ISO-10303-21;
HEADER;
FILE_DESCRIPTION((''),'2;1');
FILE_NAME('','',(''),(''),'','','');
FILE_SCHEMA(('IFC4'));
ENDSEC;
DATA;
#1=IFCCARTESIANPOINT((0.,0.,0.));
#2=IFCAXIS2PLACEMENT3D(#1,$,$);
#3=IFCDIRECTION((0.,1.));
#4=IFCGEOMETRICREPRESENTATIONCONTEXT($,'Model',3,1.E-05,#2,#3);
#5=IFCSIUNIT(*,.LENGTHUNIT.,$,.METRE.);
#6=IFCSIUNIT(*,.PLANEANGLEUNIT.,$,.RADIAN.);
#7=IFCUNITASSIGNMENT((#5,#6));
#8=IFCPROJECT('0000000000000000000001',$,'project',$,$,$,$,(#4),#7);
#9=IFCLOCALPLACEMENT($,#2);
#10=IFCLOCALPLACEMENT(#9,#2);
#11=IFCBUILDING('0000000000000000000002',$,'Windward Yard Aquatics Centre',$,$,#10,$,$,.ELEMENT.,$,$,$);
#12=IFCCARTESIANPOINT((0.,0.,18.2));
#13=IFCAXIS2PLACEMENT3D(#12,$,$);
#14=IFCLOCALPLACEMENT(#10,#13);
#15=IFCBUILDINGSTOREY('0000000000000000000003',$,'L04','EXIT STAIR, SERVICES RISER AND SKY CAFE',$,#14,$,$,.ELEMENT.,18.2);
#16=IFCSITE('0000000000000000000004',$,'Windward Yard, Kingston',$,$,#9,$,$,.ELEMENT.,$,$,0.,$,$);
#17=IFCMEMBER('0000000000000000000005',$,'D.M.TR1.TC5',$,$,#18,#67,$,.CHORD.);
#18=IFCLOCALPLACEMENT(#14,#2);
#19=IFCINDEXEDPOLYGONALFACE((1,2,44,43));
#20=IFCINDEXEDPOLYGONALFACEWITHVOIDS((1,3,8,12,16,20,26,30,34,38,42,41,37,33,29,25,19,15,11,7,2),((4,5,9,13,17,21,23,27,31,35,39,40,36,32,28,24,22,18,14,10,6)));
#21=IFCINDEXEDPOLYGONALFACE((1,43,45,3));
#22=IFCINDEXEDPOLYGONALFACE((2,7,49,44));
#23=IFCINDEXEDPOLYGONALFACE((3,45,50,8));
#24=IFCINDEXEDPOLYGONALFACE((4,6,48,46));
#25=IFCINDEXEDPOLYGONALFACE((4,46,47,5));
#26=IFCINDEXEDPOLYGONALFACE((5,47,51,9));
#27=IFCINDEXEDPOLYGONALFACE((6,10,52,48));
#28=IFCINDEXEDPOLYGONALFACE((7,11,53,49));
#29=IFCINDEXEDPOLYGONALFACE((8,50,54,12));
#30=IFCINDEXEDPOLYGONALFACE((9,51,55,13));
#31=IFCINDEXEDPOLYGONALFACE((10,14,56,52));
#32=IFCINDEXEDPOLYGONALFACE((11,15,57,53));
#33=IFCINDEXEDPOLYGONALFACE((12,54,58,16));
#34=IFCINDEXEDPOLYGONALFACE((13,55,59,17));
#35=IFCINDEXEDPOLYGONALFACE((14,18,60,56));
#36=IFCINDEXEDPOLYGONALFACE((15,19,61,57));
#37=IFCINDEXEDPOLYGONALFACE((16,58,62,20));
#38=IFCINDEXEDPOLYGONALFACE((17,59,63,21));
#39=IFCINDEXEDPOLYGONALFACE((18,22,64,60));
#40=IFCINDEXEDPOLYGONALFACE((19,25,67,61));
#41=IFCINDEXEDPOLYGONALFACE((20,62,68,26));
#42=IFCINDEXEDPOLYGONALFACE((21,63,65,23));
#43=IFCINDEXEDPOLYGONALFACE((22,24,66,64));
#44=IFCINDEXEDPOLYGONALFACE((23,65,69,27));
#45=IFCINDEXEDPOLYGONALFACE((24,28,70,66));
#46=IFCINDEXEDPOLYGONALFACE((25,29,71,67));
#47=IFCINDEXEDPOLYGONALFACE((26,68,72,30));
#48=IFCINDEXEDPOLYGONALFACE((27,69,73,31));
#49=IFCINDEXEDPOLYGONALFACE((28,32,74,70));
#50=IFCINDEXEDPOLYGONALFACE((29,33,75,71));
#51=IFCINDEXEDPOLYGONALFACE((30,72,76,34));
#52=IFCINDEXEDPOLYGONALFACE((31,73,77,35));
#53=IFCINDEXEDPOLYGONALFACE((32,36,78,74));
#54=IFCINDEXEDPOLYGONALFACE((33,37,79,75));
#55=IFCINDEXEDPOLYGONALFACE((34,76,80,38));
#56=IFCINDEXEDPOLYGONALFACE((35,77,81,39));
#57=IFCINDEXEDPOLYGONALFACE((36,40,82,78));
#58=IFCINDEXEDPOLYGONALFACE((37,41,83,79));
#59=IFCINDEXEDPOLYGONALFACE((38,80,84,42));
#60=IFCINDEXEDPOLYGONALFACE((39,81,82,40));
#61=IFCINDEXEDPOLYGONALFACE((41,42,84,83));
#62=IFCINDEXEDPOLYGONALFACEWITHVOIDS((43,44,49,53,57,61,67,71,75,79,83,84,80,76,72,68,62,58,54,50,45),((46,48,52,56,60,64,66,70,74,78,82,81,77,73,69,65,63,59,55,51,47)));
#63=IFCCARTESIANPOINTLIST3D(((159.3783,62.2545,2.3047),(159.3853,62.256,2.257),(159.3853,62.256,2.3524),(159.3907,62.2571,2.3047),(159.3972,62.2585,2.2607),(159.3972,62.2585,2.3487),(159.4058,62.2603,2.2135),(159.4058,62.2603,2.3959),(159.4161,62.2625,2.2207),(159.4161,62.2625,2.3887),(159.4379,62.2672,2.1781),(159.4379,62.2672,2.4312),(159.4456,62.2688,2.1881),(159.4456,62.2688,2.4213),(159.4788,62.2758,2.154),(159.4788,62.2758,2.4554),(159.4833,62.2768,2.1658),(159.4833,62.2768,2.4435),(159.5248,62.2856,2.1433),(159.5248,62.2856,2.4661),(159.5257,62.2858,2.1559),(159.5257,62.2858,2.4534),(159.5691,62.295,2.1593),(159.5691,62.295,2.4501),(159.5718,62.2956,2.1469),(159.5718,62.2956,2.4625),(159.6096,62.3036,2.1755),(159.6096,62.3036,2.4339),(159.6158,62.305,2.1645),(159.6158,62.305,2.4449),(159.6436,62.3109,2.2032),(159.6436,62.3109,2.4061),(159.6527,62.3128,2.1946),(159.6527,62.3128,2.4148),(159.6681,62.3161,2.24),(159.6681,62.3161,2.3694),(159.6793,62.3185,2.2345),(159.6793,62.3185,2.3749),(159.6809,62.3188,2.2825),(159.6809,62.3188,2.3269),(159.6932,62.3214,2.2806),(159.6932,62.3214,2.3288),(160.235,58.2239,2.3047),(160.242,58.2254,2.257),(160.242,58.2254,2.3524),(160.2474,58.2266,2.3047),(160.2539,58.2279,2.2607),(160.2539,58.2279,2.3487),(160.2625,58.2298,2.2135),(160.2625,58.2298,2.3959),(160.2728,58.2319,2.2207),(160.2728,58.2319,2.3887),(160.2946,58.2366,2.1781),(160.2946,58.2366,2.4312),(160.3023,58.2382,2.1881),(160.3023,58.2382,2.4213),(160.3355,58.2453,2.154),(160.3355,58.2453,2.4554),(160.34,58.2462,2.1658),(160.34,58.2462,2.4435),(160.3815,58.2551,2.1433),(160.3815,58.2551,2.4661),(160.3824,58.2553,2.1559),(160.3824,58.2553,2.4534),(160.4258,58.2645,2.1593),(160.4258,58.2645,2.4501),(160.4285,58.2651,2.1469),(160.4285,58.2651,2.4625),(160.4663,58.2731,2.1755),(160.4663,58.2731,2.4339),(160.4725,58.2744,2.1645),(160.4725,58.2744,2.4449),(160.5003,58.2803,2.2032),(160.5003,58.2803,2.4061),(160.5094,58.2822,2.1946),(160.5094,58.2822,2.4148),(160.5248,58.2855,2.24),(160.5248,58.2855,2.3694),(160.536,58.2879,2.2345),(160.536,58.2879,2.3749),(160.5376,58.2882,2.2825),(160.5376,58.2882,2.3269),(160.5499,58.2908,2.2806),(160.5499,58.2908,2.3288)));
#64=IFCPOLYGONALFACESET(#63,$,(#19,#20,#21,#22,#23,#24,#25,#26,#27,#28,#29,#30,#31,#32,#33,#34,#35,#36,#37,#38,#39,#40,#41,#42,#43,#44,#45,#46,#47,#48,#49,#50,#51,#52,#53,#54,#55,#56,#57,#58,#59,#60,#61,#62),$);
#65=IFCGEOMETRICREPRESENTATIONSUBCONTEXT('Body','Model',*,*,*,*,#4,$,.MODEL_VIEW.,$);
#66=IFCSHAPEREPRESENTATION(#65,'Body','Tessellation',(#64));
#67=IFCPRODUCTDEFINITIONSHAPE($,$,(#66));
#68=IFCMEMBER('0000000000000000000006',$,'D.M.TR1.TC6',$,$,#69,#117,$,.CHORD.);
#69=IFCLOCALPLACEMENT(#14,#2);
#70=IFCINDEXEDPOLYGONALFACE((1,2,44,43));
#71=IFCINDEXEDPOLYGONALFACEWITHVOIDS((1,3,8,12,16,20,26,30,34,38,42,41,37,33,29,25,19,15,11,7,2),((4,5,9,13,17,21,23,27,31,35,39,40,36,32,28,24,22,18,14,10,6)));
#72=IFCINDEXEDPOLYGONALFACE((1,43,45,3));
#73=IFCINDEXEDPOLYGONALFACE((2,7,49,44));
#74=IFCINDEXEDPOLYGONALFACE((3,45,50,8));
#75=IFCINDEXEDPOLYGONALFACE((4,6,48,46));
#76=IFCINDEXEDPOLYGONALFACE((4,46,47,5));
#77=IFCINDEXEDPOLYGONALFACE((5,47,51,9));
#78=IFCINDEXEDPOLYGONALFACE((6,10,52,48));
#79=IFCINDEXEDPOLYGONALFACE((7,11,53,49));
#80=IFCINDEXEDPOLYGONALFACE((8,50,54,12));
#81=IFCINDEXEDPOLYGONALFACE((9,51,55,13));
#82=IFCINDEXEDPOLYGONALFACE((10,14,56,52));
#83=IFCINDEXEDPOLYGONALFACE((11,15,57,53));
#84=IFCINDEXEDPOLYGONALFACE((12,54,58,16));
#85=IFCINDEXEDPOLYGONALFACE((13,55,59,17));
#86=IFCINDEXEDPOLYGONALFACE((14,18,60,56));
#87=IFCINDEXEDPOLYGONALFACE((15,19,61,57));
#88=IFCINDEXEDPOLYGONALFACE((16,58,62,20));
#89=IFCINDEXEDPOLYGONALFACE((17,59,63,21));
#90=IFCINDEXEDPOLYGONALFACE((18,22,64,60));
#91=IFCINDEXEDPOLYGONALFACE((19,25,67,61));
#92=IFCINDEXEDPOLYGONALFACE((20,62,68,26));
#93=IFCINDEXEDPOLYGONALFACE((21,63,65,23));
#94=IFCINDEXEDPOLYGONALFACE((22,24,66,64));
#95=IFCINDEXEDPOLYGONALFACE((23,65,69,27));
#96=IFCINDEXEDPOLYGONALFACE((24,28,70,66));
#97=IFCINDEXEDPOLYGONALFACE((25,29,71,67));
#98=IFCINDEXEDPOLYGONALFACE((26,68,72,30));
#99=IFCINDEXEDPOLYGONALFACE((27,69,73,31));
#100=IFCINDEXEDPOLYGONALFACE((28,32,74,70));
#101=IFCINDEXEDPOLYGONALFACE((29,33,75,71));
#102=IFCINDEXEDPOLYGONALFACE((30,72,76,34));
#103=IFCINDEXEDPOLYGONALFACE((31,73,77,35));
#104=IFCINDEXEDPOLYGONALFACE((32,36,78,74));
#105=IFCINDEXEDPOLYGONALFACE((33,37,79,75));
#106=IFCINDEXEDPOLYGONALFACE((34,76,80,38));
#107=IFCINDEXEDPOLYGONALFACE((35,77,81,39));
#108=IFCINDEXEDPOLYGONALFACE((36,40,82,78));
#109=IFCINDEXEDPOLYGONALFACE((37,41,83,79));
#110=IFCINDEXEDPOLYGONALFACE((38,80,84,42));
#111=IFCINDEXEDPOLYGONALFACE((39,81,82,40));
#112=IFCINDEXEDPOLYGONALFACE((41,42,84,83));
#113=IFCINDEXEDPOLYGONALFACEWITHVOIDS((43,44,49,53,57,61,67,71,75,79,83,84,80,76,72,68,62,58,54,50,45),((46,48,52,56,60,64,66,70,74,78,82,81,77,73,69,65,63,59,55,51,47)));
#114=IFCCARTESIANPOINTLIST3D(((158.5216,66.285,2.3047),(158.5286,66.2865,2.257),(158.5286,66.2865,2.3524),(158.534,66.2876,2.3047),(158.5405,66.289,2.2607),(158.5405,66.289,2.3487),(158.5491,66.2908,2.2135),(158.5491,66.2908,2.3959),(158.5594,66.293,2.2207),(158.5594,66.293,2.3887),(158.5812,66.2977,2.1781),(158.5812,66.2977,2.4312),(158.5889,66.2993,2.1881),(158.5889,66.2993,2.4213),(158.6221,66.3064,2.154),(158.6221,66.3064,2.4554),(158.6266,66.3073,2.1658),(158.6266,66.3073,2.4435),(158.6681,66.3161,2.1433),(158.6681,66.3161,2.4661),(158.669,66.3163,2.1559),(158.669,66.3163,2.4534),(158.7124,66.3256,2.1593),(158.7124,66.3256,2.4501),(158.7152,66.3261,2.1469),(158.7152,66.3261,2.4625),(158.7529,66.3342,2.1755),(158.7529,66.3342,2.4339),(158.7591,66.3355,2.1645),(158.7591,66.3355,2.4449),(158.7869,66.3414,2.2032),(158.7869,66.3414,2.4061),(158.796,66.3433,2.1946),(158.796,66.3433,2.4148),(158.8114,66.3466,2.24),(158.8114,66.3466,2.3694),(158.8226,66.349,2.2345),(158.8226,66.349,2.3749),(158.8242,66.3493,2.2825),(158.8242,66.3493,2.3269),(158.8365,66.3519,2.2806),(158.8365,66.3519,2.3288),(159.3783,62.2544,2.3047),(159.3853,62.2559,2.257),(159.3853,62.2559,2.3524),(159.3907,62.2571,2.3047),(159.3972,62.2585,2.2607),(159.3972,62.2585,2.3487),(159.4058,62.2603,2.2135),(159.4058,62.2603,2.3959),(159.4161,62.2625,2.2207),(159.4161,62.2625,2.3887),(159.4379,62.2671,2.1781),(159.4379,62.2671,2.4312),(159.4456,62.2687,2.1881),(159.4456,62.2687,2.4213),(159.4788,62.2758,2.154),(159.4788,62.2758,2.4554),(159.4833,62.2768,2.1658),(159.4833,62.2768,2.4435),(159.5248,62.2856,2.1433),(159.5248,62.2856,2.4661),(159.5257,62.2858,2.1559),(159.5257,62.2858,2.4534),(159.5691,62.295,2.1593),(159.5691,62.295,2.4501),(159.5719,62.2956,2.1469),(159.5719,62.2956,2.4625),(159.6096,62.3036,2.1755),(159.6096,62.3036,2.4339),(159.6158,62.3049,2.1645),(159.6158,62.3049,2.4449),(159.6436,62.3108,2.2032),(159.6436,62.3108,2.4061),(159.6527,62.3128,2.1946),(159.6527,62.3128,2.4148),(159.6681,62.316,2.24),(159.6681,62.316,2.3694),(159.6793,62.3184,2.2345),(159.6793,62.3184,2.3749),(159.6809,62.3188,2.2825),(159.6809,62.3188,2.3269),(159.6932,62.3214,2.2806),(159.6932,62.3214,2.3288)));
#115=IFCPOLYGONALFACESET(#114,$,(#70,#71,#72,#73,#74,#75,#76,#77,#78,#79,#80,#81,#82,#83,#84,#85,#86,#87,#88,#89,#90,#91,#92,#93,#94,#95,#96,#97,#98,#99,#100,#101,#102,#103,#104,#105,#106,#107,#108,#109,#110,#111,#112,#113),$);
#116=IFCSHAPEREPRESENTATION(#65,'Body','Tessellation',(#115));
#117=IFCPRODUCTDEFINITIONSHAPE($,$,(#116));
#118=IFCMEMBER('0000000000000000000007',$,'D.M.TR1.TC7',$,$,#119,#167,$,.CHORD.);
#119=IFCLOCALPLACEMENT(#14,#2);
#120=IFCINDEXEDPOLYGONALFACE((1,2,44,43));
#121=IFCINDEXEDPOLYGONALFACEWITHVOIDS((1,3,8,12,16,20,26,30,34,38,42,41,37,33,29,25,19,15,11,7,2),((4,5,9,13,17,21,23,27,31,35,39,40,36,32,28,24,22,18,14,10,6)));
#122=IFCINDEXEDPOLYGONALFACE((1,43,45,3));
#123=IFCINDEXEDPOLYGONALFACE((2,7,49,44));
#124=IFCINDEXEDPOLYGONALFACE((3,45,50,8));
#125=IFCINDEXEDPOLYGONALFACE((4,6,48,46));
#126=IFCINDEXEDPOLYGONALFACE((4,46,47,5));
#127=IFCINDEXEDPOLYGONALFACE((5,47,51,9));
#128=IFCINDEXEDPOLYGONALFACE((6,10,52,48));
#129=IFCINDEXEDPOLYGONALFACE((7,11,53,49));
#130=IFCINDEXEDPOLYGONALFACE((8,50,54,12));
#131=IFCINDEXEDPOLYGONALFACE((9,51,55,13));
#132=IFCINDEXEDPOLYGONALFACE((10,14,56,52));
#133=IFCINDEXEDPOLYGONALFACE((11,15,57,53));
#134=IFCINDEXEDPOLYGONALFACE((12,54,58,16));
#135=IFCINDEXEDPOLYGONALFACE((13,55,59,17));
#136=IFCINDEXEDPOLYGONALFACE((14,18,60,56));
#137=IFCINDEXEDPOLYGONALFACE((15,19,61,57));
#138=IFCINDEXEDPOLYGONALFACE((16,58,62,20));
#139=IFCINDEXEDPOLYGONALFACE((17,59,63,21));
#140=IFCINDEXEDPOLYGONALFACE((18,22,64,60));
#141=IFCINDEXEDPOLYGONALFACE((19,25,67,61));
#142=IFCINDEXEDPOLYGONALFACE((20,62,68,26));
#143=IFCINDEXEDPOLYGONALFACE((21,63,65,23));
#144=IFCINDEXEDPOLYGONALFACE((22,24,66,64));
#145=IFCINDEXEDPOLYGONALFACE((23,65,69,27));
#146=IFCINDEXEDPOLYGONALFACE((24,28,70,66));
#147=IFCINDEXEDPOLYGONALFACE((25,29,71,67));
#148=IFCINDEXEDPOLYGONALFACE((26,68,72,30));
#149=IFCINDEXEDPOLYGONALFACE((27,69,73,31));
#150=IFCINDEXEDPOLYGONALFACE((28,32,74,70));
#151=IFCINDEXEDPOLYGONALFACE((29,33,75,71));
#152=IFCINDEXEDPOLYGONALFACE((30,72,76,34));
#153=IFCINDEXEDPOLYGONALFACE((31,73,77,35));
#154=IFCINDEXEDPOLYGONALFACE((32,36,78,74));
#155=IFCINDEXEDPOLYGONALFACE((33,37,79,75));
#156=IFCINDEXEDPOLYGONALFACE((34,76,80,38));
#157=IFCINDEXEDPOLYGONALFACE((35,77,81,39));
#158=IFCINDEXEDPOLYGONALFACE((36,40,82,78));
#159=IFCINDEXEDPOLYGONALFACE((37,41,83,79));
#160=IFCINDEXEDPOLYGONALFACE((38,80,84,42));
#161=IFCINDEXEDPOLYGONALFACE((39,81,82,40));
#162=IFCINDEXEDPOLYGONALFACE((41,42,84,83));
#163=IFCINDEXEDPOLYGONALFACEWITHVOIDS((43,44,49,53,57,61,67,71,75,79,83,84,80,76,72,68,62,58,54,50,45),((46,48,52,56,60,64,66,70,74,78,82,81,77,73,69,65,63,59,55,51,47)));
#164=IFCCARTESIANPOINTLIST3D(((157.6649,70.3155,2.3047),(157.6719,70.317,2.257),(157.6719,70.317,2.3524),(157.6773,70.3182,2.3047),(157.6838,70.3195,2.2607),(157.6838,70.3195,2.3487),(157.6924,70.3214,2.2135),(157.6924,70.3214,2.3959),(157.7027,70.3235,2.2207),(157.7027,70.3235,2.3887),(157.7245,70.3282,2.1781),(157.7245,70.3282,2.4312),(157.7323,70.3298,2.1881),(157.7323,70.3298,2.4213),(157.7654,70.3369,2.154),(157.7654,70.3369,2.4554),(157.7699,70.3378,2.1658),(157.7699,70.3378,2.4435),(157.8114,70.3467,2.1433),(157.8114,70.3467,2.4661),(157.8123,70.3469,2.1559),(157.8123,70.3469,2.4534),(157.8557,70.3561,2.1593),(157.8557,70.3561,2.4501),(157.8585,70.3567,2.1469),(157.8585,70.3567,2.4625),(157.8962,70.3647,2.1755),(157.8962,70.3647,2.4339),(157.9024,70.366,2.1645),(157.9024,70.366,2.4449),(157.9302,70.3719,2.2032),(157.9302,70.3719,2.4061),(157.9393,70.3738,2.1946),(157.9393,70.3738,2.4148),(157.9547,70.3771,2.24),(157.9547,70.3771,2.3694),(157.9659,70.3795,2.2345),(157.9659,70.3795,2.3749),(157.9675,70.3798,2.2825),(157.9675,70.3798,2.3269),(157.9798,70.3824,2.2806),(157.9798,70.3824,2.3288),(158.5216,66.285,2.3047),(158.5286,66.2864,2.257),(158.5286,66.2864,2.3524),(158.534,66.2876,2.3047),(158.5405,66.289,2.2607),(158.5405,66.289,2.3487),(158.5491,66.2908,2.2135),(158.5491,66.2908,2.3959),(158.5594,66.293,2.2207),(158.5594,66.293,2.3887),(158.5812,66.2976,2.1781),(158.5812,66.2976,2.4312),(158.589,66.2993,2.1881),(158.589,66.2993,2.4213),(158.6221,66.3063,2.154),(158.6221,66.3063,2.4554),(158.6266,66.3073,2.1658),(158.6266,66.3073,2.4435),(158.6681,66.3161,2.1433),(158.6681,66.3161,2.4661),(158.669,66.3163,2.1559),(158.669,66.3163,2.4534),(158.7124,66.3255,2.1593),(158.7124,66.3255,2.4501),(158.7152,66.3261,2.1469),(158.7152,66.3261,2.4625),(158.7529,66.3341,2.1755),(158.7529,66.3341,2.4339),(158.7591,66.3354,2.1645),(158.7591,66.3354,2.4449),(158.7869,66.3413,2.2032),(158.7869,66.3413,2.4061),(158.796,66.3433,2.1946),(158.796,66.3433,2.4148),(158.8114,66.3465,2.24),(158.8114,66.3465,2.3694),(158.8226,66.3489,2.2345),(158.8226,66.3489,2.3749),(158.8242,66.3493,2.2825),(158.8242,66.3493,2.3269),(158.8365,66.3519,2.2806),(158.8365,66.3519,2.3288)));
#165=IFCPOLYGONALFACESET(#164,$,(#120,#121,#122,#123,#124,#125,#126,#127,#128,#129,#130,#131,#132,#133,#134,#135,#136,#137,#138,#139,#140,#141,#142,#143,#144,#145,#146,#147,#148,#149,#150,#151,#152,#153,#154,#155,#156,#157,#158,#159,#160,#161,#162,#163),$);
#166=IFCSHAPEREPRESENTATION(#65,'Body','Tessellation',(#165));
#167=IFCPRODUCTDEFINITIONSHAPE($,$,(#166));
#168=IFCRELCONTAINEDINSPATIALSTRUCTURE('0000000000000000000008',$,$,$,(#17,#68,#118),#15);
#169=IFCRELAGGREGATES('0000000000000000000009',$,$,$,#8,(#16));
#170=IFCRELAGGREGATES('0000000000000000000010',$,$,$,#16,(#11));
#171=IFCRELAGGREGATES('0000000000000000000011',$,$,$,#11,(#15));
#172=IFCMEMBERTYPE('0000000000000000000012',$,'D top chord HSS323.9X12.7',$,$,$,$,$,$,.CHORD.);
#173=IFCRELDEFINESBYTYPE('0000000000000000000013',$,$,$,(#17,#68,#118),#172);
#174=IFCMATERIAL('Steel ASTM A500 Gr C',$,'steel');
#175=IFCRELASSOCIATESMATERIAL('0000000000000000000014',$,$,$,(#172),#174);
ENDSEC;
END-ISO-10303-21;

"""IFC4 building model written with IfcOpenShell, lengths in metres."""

from ifc_helpers import new_model, si_unit, direction, frame, origin, origin_2d, place, context, subcontext, project, spatial, hollow_circle, extrude, material, material_profile, profile_set, type_object, element, save


model = new_model("IFC4")

# Units and contexts
model_context = context("Model", 3, precision=1e-05, world=origin(), true_north=direction((0.0, 1.0)))
body_context = subcontext(model_context, "Body", "Model", "MODEL_VIEW")
ifc_project = project(units=[si_unit("LENGTHUNIT", "METRE"), si_unit("PLANEANGLEUNIT", "RADIAN")], contexts=[model_context])

# Site, building, storey
site_placement = place(None, origin())
site = spatial("IfcSite", under=ifc_project, at=site_placement, Name="Windward Yard, Kingston", CompositionType="ELEMENT", RefElevation=0.0)
building_placement = place(site_placement, origin())
building = spatial("IfcBuilding", under=site, at=building_placement, Name="Windward Yard Aquatics Centre", CompositionType="ELEMENT")
storey_placement = place(building_placement, frame((0.0, 0.0, 18.2)))
storey = spatial("IfcBuildingStorey", under=building, at=storey_placement, Name="L04", Description="EXIT STAIR, SERVICES RISER AND SKY CAFE", CompositionType="ELEMENT", Elevation=18.2)

# Members
ifc_material_1 = material(Name="Steel ASTM A500 Gr C", Category="steel")
ifc_material_profile_1 = material_profile(ifc_material_1, hollow_circle(Radius=0.1619, WallThickness=0.0127, at=origin_2d()), Name="HSS323.9X12.7")
ifc_profile_set_1 = profile_set([ifc_material_profile_1], Name="Steel ASTM A500 Gr C")
member_type_1 = type_object("IfcMemberType", Name="D top chord HSS323.9X12.7", PredefinedType="CHORD", material=ifc_profile_set_1)
for number, where, z_axis, x_axis, name in (
    (1, (160.3933, 58.2576, 2.3047), (-0.207906, 0.978149, 0.0), (-0.978149, -0.207906, 0.0), "D.M.TR1.TC5"),
    (2, (159.5366, 62.2881, 2.3047), (-0.207906, 0.978149, 0.0), (-0.978149, -0.207906, 0.0), "D.M.TR1.TC6"),
    (3, (158.6799, 66.3186, 2.3047), (-0.207906, 0.978149, 0.0), (-0.978149, -0.207906, 0.0), "D.M.TR1.TC7"),
):
    element("IfcMember", number, at=place(storey_placement, frame(where, z_axis=z_axis, x_axis=x_axis)), inside=storey, type_object=member_type_1, Name=name, PredefinedType="CHORD", context=body_context, shape_type="SweptSolid", body=[
        extrude(hollow_circle(Radius=0.1619, WallThickness=0.0127, at=origin_2d()), origin(), (0.0, 0.0, 1.0), 4.1206),
    ])

save(model, "model.ifc")
